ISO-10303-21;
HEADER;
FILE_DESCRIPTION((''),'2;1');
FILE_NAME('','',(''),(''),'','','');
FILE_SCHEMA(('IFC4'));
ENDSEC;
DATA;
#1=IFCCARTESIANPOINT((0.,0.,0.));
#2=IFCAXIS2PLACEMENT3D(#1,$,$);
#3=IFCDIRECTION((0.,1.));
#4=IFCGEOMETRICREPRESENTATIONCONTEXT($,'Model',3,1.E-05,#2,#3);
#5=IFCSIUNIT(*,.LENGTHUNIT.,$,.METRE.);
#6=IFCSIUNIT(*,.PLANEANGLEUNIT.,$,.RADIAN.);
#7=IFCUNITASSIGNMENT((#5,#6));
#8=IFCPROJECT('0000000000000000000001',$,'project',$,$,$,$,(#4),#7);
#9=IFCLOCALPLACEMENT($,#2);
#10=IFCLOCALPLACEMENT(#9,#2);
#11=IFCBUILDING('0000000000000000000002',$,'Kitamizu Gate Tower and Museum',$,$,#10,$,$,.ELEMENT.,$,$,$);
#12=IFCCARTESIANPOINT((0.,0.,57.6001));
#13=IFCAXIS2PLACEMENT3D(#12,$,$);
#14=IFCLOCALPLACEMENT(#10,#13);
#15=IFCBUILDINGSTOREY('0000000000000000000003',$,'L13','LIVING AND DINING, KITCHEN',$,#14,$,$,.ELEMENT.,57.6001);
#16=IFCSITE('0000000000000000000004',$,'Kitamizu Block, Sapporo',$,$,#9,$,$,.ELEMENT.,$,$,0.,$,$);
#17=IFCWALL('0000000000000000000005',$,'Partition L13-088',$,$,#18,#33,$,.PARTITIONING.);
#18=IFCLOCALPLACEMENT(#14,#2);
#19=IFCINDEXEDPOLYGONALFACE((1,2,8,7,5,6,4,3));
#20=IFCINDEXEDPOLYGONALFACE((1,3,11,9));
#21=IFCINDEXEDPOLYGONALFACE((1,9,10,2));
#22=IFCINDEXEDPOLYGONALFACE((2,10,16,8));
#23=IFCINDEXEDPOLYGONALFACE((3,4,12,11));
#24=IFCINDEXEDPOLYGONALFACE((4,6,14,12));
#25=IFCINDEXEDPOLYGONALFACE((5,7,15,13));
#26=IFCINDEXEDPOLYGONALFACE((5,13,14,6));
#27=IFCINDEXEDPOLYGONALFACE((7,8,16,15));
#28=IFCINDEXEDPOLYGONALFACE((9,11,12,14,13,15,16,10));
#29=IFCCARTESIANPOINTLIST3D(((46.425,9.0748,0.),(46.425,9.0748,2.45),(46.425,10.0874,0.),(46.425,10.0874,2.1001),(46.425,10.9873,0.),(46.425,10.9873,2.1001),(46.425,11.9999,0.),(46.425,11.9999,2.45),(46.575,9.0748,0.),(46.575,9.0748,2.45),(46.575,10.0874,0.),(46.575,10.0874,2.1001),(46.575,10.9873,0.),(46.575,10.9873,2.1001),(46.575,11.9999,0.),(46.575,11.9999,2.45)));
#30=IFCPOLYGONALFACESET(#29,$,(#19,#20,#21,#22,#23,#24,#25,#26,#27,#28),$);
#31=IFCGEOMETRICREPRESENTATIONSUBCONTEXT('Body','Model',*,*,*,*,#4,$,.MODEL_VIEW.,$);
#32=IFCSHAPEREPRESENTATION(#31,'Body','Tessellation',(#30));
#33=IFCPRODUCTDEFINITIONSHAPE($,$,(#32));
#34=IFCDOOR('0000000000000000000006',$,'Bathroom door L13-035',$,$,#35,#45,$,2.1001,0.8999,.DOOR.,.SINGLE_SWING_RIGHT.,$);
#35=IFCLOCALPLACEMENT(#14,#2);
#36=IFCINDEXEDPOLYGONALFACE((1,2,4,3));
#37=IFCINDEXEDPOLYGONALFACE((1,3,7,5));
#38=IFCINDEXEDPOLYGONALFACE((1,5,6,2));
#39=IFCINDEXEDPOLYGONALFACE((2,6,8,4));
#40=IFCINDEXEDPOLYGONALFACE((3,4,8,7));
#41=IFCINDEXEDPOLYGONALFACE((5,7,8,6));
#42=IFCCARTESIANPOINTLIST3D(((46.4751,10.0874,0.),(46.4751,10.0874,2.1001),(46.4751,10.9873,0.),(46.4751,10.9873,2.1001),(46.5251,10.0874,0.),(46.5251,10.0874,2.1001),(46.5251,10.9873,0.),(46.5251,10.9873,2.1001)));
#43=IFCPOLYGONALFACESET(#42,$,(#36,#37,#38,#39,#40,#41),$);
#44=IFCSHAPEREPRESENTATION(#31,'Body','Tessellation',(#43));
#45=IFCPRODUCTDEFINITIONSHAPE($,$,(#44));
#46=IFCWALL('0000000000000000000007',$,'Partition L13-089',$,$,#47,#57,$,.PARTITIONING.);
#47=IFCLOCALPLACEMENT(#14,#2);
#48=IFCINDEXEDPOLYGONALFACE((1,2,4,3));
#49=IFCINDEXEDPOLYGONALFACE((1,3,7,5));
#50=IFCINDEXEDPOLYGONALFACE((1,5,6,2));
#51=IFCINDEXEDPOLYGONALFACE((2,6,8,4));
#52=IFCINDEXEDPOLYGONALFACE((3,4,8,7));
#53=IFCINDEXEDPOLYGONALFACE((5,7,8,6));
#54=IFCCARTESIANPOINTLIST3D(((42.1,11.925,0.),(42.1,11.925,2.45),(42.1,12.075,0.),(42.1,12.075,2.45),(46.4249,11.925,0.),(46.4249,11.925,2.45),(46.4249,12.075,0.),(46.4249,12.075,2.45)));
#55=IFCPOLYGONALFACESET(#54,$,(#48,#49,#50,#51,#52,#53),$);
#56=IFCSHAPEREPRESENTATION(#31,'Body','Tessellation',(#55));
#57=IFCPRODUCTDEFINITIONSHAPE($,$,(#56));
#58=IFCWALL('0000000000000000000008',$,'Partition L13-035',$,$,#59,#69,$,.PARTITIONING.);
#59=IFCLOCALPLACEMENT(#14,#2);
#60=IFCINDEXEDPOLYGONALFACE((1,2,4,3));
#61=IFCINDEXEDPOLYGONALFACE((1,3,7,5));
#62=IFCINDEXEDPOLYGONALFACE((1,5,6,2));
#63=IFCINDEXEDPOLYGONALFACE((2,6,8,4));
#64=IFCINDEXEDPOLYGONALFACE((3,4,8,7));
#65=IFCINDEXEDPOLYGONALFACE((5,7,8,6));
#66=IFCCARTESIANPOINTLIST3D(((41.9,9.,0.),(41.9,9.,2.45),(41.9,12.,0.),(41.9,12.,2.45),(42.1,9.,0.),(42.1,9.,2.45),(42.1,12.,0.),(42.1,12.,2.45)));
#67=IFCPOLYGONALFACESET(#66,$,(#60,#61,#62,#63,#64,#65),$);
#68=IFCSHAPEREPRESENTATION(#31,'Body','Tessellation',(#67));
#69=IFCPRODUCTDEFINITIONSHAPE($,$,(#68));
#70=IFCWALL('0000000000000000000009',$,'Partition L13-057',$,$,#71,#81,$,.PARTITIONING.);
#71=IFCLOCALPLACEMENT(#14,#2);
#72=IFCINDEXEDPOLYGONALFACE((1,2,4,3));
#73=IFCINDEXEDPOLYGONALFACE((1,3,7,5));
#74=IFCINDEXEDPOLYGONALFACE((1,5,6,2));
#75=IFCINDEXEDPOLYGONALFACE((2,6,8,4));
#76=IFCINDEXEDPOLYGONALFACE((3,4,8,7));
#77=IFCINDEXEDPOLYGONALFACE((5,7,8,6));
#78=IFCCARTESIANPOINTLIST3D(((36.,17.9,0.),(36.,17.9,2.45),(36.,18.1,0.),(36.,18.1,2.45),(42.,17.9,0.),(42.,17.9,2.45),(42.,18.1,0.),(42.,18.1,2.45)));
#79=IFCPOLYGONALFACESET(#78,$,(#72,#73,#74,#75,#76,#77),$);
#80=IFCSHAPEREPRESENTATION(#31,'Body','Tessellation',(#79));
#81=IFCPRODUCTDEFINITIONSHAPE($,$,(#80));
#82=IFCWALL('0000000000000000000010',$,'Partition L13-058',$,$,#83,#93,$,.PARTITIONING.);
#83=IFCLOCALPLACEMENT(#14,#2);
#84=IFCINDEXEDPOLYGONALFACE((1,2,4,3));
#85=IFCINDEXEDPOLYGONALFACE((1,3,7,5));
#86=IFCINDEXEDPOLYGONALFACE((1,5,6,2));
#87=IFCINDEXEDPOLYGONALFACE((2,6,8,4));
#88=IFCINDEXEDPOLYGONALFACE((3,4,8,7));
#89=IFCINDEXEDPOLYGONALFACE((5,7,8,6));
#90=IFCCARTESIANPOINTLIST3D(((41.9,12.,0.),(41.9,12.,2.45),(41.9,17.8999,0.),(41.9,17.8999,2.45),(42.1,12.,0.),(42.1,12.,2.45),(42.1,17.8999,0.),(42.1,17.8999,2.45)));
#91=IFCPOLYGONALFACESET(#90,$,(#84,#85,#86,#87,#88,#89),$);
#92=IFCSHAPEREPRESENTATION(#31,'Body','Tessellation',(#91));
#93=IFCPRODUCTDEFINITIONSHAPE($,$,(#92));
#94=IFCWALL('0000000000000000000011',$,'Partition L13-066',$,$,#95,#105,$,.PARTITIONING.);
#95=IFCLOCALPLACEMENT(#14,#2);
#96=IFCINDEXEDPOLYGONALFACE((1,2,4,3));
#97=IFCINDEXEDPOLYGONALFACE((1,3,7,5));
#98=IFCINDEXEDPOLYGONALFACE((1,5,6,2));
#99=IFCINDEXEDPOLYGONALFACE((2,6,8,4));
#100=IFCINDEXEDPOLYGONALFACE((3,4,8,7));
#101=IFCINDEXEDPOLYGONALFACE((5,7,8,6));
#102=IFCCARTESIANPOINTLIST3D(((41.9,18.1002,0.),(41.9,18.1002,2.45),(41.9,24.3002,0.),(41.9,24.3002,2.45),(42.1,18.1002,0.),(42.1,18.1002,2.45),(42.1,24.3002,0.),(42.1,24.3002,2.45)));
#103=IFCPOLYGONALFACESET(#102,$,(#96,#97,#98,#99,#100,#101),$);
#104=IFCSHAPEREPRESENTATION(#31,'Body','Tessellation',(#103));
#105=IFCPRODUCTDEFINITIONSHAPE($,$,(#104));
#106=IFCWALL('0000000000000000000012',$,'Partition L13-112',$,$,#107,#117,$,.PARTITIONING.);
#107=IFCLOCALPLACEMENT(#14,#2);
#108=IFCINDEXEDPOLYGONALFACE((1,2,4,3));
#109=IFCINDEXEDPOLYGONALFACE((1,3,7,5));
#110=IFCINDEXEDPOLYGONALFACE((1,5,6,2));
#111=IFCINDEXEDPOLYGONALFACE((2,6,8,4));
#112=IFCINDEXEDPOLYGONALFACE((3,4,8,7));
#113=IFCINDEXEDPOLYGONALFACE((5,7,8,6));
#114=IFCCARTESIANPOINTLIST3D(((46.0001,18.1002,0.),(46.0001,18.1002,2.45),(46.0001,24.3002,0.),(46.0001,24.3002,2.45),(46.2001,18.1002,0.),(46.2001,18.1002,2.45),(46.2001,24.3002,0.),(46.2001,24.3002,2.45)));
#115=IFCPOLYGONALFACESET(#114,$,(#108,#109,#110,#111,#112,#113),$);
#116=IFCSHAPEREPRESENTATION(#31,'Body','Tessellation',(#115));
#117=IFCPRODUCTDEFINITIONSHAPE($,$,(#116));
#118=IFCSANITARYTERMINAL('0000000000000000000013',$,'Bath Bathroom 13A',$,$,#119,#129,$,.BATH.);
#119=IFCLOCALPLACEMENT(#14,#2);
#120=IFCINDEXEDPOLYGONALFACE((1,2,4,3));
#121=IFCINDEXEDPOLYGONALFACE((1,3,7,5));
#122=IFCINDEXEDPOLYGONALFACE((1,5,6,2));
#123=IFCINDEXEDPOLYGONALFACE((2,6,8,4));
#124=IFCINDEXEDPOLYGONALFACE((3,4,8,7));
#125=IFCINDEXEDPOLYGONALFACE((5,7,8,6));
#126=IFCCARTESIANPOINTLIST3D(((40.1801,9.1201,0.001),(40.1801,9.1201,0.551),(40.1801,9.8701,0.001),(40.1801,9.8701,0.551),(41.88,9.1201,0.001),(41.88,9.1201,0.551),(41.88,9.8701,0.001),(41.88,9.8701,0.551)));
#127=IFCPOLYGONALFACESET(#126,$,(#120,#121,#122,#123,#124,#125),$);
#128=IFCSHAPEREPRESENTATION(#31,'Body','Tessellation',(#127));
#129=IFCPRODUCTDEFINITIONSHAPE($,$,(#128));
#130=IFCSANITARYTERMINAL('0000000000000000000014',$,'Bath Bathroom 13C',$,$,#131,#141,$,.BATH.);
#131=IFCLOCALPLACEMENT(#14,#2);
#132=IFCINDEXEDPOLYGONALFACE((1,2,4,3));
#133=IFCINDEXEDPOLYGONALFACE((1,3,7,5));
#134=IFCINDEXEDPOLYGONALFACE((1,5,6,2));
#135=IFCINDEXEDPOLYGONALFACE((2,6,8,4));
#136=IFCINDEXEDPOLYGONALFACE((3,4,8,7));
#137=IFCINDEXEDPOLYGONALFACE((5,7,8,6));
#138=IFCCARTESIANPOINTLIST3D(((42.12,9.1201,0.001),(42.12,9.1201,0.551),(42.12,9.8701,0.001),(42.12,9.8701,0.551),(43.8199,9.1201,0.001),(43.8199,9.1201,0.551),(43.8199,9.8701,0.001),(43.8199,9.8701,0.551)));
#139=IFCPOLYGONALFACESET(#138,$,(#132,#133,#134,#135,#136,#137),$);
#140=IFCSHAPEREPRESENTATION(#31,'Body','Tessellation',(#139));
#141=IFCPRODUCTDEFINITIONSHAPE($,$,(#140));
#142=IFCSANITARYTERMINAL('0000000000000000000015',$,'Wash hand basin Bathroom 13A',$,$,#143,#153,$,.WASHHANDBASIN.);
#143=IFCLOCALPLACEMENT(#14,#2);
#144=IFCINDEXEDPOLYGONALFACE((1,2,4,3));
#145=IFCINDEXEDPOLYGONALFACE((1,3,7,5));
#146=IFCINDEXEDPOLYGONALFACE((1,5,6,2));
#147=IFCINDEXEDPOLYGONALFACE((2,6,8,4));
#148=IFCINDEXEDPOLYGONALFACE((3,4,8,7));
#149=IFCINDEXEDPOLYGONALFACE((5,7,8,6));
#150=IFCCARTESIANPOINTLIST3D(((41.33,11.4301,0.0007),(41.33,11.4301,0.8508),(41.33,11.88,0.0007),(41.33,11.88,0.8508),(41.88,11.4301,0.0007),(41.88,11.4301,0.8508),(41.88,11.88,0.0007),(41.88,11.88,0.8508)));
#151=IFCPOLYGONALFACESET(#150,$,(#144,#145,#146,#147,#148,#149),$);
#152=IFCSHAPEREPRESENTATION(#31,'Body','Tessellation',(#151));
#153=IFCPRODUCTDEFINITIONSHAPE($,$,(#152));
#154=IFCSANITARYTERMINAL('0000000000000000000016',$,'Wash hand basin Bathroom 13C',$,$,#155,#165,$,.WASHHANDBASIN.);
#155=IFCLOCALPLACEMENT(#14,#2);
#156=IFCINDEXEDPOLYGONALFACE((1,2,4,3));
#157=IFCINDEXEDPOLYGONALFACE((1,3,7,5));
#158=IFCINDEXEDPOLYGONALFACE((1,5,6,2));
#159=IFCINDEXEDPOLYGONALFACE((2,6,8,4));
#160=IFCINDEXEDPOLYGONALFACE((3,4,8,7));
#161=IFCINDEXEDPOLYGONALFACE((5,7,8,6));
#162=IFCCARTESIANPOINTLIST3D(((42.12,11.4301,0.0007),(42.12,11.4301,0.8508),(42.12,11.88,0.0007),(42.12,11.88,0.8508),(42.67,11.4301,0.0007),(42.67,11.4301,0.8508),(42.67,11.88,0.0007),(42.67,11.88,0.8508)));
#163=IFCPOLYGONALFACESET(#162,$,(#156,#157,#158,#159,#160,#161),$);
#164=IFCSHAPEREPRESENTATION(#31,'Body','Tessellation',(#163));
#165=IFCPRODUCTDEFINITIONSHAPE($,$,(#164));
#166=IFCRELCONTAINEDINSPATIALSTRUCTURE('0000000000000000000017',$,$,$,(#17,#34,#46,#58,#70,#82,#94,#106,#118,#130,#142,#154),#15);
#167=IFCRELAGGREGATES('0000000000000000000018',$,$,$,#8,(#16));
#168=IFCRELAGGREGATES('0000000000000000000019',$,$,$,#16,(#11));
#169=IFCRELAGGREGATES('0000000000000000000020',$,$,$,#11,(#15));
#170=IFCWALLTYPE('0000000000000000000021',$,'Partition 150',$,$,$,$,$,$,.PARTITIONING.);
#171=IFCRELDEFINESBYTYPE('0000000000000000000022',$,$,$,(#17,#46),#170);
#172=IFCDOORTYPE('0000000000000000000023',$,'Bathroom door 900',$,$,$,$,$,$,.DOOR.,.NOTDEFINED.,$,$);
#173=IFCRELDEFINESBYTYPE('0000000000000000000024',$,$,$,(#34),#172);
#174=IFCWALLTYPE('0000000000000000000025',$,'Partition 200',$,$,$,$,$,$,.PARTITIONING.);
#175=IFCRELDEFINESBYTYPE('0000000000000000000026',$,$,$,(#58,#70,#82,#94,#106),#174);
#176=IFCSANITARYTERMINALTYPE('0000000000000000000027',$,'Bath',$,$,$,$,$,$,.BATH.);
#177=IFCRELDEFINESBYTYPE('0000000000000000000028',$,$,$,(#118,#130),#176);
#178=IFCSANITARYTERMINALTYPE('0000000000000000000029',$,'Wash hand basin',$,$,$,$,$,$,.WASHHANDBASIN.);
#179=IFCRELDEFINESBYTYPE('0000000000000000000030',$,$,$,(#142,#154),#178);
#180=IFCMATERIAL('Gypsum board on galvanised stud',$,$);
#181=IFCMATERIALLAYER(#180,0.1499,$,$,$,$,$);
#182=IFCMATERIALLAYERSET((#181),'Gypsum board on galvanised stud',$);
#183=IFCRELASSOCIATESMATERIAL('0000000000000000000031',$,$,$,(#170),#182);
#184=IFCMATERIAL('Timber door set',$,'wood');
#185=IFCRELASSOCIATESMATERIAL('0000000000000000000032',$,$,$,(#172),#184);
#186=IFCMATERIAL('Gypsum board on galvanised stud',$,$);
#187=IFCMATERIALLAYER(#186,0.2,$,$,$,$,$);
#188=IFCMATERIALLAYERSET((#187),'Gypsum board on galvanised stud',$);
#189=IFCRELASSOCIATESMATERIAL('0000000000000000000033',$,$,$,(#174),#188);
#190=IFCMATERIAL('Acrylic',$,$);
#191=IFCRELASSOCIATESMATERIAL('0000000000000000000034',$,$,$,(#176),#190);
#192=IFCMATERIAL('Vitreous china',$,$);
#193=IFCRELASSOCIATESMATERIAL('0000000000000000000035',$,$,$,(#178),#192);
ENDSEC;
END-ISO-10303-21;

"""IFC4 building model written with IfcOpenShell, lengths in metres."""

from ifc_helpers import new_model, si_unit, direction, frame, frame_2d, origin, origin_2d, place, context, subcontext, project, spatial, rectangle, extrude, material, layer, layer_set, type_object, element, fill, save


model = new_model("IFC4")

# Units and contexts
model_context = context("Model", 3, precision=1e-05, world=origin(), true_north=direction((0.0, 1.0)))
body_context = subcontext(model_context, "Body", "Model", "MODEL_VIEW")
ifc_project = project(units=[si_unit("LENGTHUNIT", "METRE"), si_unit("PLANEANGLEUNIT", "RADIAN")], contexts=[model_context])

# Site, building, storey
site_placement = place(None, origin())
site = spatial("IfcSite", under=ifc_project, at=site_placement, Name="Kitamizu Block, Sapporo", CompositionType="ELEMENT", RefElevation=0.0)
building_placement = place(site_placement, origin())
building = spatial("IfcBuilding", under=site, at=building_placement, Name="Kitamizu Gate Tower and Museum", CompositionType="ELEMENT")
storey_placement = place(building_placement, frame((0.0, 0.0, 57.6001)))
storey = spatial("IfcBuildingStorey", under=building, at=storey_placement, Name="L13", Description="LIVING AND DINING, KITCHEN", CompositionType="ELEMENT", Elevation=57.6001)

# Shared definitions
ifc_material_1 = material(Name="Gypsum board on galvanised stud")
ifc_layer_1 = layer(ifc_material_1, 0.1499)
ifc_layer_set_1 = layer_set([ifc_layer_1], Name="Gypsum board on galvanised stud")
wall_type_1 = type_object("IfcWallType", Name="Partition 150", PredefinedType="PARTITIONING", material=ifc_layer_set_1)

# Wall, opening, door
wall_1_placement = place(storey_placement, frame((46.5, 9.075, 0.0), z_axis=(0.0, 0.0, 1.0), x_axis=(0.0, 1.0, 0.0)))
wall_1 = element("IfcWall", 1, at=wall_1_placement, inside=storey, type_object=wall_type_1, Name="Partition L13-088", PredefinedType="PARTITIONING", context=body_context, shape_type="SweptSolid", body=[
    extrude(rectangle(XDim=2.925, YDim=0.1499, at=frame_2d((1.4624, 0.0))), origin(), (0.0, 0.0, 1.0), 2.45),
])
opening_1_placement = place(wall_1_placement, frame((1.0125, 0.0, 0.0)))
opening_1 = element("IfcOpeningElement", 2, at=opening_1_placement, cuts=wall_1, PredefinedType="OPENING", context=body_context, shape_type="SweptSolid", body=[
    extrude(rectangle(XDim=0.8999, YDim=2.1001, at=frame_2d((0.45, 1.05))), frame((0.0, 0.085, 0.0), z_axis=(0.0, -1.0, 0.0), x_axis=(1.0, 0.0, 0.0)), (0.0, 0.0, 1.0), 0.1699),
])
ifc_material_2 = material(Name="Timber door set", Category="wood")
door_type_1 = type_object("IfcDoorType", Name="Bathroom door 900", OperationType="NOTDEFINED", PredefinedType="DOOR", material=ifc_material_2)
door_1_placement = place(opening_1_placement, origin())
door_1 = element("IfcDoor", 3, at=door_1_placement, inside=storey, type_object=door_type_1, Name="Bathroom door L13-035", OperationType="SINGLE_SWING_RIGHT", OverallHeight=2.1001, OverallWidth=0.8999, PredefinedType="DOOR", context=body_context, shape_type="SweptSolid", body=[
    extrude(rectangle(XDim=0.8999, YDim=2.1001, at=frame_2d((0.45, 1.05))), frame((0.0, 0.0249, 0.0), z_axis=(0.0, -1.0, 0.0), x_axis=(1.0, 0.0, 0.0)), (0.0, 0.0, 1.0), 0.05),
])
fill(opening_1, door_1)

# Walls
wall_2_placement = place(storey_placement, frame((46.425, 12.0, 0.0), z_axis=(0.0, 0.0, 1.0), x_axis=(-1.0, 0.0, 0.0)))
element("IfcWall", 4, at=wall_2_placement, inside=storey, type_object=wall_type_1, Name="Partition L13-089", PredefinedType="PARTITIONING", context=body_context, shape_type="SweptSolid", body=[
    extrude(rectangle(XDim=4.325, YDim=0.1499, at=frame_2d((2.1626, 0.0))), origin(), (0.0, 0.0, 1.0), 2.45),
])
ifc_material_3 = material(Name="Gypsum board on galvanised stud")
ifc_layer_2 = layer(ifc_material_3, 0.2)
ifc_layer_set_2 = layer_set([ifc_layer_2], Name="Gypsum board on galvanised stud")
wall_type_2 = type_object("IfcWallType", Name="Partition 200", PredefinedType="PARTITIONING", material=ifc_layer_set_2)
wall_3_placement = place(storey_placement, frame((42.0, 9.0, 0.0), z_axis=(0.0, 0.0, 1.0), x_axis=(0.0, 1.0, 0.0)))
element("IfcWall", 5, at=wall_3_placement, inside=storey, type_object=wall_type_2, Name="Partition L13-035", PredefinedType="PARTITIONING", context=body_context, shape_type="SweptSolid", body=[
    extrude(rectangle(XDim=3.0, YDim=0.2, at=frame_2d((1.5, 0.0))), origin(), (0.0, 0.0, 1.0), 2.45),
])
wall_4_placement = place(storey_placement, frame((42.0, 18.0, 0.0), z_axis=(0.0, 0.0, 1.0), x_axis=(-1.0, 0.0, 0.0)))
element("IfcWall", 6, at=wall_4_placement, inside=storey, type_object=wall_type_2, Name="Partition L13-057", PredefinedType="PARTITIONING", context=body_context, shape_type="SweptSolid", body=[
    extrude(rectangle(XDim=6.0, YDim=0.2, at=frame_2d((3.0, 0.0))), origin(), (0.0, 0.0, 1.0), 2.45),
])
wall_5_placement = place(storey_placement, frame((42.0, 12.0, 0.0), z_axis=(0.0, 0.0, 1.0), x_axis=(0.0, 1.0, 0.0)))
element("IfcWall", 7, at=wall_5_placement, inside=storey, type_object=wall_type_2, Name="Partition L13-058", PredefinedType="PARTITIONING", context=body_context, shape_type="SweptSolid", body=[
    extrude(rectangle(XDim=5.8999, YDim=0.2, at=frame_2d((2.95, 0.0))), origin(), (0.0, 0.0, 1.0), 2.45),
])
for number, where, z_axis, x_axis, name in (
    (8, (42.0, 18.1001, 0.0), (0.0, 0.0, 1.0), (0.0, 1.0, 0.0), "Partition L13-066"),
    (9, (46.1001, 18.1001, 0.0), (0.0, 0.0, 1.0), (0.0, 1.0, 0.0), "Partition L13-112"),
):
    element("IfcWall", number, at=place(storey_placement, frame(where, z_axis=z_axis, x_axis=x_axis)), inside=storey, type_object=wall_type_2, Name=name, PredefinedType="PARTITIONING", context=body_context, shape_type="SweptSolid", body=[
        extrude(rectangle(XDim=6.2, YDim=0.2, at=frame_2d((3.1001, 0.0))), origin(), (0.0, 0.0, 1.0), 2.45),
    ])

# Sanitary terminals
ifc_material_4 = material(Name="Acrylic")
sanitary_terminal_type_1 = type_object("IfcSanitaryTerminalType", Name="Bath", PredefinedType="BATH", material=ifc_material_4)
for number, where, z_axis, x_axis, name in (
    (10, (41.03, 9.4951, 0.001), (0.0, 0.0, 1.0), (1.0, 0.0, 0.0), "Bath Bathroom 13A"),
    (11, (42.97, 9.4951, 0.001), (0.0, 0.0, 1.0), (1.0, 0.0, 0.0), "Bath Bathroom 13C"),
):
    element("IfcSanitaryTerminal", number, at=place(storey_placement, frame(where, z_axis=z_axis, x_axis=x_axis)), inside=storey, type_object=sanitary_terminal_type_1, Name=name, PredefinedType="BATH", context=body_context, shape_type="SweptSolid", body=[
        extrude(rectangle(XDim=1.7, YDim=0.75, at=origin_2d()), origin(), (0.0, 0.0, 1.0), 0.55),
    ])
ifc_material_5 = material(Name="Vitreous china")
sanitary_terminal_type_2 = type_object("IfcSanitaryTerminalType", Name="Wash hand basin", PredefinedType="WASHHANDBASIN", material=ifc_material_5)
for number, where, z_axis, x_axis, name in (
    (12, (41.605, 11.655, 0.0007), (0.0, 0.0, 1.0), (1.0, 0.0, 0.0), "Wash hand basin Bathroom 13A"),
    (13, (42.395, 11.655, 0.0007), (0.0, 0.0, 1.0), (1.0, 0.0, 0.0), "Wash hand basin Bathroom 13C"),
):
    element("IfcSanitaryTerminal", number, at=place(storey_placement, frame(where, z_axis=z_axis, x_axis=x_axis)), inside=storey, type_object=sanitary_terminal_type_2, Name=name, PredefinedType="WASHHANDBASIN", context=body_context, shape_type="SweptSolid", body=[
        extrude(rectangle(XDim=0.55, YDim=0.45, at=origin_2d()), origin(), (0.0, 0.0, 1.0), 0.8501),
    ])

save(model, "model.ifc")
